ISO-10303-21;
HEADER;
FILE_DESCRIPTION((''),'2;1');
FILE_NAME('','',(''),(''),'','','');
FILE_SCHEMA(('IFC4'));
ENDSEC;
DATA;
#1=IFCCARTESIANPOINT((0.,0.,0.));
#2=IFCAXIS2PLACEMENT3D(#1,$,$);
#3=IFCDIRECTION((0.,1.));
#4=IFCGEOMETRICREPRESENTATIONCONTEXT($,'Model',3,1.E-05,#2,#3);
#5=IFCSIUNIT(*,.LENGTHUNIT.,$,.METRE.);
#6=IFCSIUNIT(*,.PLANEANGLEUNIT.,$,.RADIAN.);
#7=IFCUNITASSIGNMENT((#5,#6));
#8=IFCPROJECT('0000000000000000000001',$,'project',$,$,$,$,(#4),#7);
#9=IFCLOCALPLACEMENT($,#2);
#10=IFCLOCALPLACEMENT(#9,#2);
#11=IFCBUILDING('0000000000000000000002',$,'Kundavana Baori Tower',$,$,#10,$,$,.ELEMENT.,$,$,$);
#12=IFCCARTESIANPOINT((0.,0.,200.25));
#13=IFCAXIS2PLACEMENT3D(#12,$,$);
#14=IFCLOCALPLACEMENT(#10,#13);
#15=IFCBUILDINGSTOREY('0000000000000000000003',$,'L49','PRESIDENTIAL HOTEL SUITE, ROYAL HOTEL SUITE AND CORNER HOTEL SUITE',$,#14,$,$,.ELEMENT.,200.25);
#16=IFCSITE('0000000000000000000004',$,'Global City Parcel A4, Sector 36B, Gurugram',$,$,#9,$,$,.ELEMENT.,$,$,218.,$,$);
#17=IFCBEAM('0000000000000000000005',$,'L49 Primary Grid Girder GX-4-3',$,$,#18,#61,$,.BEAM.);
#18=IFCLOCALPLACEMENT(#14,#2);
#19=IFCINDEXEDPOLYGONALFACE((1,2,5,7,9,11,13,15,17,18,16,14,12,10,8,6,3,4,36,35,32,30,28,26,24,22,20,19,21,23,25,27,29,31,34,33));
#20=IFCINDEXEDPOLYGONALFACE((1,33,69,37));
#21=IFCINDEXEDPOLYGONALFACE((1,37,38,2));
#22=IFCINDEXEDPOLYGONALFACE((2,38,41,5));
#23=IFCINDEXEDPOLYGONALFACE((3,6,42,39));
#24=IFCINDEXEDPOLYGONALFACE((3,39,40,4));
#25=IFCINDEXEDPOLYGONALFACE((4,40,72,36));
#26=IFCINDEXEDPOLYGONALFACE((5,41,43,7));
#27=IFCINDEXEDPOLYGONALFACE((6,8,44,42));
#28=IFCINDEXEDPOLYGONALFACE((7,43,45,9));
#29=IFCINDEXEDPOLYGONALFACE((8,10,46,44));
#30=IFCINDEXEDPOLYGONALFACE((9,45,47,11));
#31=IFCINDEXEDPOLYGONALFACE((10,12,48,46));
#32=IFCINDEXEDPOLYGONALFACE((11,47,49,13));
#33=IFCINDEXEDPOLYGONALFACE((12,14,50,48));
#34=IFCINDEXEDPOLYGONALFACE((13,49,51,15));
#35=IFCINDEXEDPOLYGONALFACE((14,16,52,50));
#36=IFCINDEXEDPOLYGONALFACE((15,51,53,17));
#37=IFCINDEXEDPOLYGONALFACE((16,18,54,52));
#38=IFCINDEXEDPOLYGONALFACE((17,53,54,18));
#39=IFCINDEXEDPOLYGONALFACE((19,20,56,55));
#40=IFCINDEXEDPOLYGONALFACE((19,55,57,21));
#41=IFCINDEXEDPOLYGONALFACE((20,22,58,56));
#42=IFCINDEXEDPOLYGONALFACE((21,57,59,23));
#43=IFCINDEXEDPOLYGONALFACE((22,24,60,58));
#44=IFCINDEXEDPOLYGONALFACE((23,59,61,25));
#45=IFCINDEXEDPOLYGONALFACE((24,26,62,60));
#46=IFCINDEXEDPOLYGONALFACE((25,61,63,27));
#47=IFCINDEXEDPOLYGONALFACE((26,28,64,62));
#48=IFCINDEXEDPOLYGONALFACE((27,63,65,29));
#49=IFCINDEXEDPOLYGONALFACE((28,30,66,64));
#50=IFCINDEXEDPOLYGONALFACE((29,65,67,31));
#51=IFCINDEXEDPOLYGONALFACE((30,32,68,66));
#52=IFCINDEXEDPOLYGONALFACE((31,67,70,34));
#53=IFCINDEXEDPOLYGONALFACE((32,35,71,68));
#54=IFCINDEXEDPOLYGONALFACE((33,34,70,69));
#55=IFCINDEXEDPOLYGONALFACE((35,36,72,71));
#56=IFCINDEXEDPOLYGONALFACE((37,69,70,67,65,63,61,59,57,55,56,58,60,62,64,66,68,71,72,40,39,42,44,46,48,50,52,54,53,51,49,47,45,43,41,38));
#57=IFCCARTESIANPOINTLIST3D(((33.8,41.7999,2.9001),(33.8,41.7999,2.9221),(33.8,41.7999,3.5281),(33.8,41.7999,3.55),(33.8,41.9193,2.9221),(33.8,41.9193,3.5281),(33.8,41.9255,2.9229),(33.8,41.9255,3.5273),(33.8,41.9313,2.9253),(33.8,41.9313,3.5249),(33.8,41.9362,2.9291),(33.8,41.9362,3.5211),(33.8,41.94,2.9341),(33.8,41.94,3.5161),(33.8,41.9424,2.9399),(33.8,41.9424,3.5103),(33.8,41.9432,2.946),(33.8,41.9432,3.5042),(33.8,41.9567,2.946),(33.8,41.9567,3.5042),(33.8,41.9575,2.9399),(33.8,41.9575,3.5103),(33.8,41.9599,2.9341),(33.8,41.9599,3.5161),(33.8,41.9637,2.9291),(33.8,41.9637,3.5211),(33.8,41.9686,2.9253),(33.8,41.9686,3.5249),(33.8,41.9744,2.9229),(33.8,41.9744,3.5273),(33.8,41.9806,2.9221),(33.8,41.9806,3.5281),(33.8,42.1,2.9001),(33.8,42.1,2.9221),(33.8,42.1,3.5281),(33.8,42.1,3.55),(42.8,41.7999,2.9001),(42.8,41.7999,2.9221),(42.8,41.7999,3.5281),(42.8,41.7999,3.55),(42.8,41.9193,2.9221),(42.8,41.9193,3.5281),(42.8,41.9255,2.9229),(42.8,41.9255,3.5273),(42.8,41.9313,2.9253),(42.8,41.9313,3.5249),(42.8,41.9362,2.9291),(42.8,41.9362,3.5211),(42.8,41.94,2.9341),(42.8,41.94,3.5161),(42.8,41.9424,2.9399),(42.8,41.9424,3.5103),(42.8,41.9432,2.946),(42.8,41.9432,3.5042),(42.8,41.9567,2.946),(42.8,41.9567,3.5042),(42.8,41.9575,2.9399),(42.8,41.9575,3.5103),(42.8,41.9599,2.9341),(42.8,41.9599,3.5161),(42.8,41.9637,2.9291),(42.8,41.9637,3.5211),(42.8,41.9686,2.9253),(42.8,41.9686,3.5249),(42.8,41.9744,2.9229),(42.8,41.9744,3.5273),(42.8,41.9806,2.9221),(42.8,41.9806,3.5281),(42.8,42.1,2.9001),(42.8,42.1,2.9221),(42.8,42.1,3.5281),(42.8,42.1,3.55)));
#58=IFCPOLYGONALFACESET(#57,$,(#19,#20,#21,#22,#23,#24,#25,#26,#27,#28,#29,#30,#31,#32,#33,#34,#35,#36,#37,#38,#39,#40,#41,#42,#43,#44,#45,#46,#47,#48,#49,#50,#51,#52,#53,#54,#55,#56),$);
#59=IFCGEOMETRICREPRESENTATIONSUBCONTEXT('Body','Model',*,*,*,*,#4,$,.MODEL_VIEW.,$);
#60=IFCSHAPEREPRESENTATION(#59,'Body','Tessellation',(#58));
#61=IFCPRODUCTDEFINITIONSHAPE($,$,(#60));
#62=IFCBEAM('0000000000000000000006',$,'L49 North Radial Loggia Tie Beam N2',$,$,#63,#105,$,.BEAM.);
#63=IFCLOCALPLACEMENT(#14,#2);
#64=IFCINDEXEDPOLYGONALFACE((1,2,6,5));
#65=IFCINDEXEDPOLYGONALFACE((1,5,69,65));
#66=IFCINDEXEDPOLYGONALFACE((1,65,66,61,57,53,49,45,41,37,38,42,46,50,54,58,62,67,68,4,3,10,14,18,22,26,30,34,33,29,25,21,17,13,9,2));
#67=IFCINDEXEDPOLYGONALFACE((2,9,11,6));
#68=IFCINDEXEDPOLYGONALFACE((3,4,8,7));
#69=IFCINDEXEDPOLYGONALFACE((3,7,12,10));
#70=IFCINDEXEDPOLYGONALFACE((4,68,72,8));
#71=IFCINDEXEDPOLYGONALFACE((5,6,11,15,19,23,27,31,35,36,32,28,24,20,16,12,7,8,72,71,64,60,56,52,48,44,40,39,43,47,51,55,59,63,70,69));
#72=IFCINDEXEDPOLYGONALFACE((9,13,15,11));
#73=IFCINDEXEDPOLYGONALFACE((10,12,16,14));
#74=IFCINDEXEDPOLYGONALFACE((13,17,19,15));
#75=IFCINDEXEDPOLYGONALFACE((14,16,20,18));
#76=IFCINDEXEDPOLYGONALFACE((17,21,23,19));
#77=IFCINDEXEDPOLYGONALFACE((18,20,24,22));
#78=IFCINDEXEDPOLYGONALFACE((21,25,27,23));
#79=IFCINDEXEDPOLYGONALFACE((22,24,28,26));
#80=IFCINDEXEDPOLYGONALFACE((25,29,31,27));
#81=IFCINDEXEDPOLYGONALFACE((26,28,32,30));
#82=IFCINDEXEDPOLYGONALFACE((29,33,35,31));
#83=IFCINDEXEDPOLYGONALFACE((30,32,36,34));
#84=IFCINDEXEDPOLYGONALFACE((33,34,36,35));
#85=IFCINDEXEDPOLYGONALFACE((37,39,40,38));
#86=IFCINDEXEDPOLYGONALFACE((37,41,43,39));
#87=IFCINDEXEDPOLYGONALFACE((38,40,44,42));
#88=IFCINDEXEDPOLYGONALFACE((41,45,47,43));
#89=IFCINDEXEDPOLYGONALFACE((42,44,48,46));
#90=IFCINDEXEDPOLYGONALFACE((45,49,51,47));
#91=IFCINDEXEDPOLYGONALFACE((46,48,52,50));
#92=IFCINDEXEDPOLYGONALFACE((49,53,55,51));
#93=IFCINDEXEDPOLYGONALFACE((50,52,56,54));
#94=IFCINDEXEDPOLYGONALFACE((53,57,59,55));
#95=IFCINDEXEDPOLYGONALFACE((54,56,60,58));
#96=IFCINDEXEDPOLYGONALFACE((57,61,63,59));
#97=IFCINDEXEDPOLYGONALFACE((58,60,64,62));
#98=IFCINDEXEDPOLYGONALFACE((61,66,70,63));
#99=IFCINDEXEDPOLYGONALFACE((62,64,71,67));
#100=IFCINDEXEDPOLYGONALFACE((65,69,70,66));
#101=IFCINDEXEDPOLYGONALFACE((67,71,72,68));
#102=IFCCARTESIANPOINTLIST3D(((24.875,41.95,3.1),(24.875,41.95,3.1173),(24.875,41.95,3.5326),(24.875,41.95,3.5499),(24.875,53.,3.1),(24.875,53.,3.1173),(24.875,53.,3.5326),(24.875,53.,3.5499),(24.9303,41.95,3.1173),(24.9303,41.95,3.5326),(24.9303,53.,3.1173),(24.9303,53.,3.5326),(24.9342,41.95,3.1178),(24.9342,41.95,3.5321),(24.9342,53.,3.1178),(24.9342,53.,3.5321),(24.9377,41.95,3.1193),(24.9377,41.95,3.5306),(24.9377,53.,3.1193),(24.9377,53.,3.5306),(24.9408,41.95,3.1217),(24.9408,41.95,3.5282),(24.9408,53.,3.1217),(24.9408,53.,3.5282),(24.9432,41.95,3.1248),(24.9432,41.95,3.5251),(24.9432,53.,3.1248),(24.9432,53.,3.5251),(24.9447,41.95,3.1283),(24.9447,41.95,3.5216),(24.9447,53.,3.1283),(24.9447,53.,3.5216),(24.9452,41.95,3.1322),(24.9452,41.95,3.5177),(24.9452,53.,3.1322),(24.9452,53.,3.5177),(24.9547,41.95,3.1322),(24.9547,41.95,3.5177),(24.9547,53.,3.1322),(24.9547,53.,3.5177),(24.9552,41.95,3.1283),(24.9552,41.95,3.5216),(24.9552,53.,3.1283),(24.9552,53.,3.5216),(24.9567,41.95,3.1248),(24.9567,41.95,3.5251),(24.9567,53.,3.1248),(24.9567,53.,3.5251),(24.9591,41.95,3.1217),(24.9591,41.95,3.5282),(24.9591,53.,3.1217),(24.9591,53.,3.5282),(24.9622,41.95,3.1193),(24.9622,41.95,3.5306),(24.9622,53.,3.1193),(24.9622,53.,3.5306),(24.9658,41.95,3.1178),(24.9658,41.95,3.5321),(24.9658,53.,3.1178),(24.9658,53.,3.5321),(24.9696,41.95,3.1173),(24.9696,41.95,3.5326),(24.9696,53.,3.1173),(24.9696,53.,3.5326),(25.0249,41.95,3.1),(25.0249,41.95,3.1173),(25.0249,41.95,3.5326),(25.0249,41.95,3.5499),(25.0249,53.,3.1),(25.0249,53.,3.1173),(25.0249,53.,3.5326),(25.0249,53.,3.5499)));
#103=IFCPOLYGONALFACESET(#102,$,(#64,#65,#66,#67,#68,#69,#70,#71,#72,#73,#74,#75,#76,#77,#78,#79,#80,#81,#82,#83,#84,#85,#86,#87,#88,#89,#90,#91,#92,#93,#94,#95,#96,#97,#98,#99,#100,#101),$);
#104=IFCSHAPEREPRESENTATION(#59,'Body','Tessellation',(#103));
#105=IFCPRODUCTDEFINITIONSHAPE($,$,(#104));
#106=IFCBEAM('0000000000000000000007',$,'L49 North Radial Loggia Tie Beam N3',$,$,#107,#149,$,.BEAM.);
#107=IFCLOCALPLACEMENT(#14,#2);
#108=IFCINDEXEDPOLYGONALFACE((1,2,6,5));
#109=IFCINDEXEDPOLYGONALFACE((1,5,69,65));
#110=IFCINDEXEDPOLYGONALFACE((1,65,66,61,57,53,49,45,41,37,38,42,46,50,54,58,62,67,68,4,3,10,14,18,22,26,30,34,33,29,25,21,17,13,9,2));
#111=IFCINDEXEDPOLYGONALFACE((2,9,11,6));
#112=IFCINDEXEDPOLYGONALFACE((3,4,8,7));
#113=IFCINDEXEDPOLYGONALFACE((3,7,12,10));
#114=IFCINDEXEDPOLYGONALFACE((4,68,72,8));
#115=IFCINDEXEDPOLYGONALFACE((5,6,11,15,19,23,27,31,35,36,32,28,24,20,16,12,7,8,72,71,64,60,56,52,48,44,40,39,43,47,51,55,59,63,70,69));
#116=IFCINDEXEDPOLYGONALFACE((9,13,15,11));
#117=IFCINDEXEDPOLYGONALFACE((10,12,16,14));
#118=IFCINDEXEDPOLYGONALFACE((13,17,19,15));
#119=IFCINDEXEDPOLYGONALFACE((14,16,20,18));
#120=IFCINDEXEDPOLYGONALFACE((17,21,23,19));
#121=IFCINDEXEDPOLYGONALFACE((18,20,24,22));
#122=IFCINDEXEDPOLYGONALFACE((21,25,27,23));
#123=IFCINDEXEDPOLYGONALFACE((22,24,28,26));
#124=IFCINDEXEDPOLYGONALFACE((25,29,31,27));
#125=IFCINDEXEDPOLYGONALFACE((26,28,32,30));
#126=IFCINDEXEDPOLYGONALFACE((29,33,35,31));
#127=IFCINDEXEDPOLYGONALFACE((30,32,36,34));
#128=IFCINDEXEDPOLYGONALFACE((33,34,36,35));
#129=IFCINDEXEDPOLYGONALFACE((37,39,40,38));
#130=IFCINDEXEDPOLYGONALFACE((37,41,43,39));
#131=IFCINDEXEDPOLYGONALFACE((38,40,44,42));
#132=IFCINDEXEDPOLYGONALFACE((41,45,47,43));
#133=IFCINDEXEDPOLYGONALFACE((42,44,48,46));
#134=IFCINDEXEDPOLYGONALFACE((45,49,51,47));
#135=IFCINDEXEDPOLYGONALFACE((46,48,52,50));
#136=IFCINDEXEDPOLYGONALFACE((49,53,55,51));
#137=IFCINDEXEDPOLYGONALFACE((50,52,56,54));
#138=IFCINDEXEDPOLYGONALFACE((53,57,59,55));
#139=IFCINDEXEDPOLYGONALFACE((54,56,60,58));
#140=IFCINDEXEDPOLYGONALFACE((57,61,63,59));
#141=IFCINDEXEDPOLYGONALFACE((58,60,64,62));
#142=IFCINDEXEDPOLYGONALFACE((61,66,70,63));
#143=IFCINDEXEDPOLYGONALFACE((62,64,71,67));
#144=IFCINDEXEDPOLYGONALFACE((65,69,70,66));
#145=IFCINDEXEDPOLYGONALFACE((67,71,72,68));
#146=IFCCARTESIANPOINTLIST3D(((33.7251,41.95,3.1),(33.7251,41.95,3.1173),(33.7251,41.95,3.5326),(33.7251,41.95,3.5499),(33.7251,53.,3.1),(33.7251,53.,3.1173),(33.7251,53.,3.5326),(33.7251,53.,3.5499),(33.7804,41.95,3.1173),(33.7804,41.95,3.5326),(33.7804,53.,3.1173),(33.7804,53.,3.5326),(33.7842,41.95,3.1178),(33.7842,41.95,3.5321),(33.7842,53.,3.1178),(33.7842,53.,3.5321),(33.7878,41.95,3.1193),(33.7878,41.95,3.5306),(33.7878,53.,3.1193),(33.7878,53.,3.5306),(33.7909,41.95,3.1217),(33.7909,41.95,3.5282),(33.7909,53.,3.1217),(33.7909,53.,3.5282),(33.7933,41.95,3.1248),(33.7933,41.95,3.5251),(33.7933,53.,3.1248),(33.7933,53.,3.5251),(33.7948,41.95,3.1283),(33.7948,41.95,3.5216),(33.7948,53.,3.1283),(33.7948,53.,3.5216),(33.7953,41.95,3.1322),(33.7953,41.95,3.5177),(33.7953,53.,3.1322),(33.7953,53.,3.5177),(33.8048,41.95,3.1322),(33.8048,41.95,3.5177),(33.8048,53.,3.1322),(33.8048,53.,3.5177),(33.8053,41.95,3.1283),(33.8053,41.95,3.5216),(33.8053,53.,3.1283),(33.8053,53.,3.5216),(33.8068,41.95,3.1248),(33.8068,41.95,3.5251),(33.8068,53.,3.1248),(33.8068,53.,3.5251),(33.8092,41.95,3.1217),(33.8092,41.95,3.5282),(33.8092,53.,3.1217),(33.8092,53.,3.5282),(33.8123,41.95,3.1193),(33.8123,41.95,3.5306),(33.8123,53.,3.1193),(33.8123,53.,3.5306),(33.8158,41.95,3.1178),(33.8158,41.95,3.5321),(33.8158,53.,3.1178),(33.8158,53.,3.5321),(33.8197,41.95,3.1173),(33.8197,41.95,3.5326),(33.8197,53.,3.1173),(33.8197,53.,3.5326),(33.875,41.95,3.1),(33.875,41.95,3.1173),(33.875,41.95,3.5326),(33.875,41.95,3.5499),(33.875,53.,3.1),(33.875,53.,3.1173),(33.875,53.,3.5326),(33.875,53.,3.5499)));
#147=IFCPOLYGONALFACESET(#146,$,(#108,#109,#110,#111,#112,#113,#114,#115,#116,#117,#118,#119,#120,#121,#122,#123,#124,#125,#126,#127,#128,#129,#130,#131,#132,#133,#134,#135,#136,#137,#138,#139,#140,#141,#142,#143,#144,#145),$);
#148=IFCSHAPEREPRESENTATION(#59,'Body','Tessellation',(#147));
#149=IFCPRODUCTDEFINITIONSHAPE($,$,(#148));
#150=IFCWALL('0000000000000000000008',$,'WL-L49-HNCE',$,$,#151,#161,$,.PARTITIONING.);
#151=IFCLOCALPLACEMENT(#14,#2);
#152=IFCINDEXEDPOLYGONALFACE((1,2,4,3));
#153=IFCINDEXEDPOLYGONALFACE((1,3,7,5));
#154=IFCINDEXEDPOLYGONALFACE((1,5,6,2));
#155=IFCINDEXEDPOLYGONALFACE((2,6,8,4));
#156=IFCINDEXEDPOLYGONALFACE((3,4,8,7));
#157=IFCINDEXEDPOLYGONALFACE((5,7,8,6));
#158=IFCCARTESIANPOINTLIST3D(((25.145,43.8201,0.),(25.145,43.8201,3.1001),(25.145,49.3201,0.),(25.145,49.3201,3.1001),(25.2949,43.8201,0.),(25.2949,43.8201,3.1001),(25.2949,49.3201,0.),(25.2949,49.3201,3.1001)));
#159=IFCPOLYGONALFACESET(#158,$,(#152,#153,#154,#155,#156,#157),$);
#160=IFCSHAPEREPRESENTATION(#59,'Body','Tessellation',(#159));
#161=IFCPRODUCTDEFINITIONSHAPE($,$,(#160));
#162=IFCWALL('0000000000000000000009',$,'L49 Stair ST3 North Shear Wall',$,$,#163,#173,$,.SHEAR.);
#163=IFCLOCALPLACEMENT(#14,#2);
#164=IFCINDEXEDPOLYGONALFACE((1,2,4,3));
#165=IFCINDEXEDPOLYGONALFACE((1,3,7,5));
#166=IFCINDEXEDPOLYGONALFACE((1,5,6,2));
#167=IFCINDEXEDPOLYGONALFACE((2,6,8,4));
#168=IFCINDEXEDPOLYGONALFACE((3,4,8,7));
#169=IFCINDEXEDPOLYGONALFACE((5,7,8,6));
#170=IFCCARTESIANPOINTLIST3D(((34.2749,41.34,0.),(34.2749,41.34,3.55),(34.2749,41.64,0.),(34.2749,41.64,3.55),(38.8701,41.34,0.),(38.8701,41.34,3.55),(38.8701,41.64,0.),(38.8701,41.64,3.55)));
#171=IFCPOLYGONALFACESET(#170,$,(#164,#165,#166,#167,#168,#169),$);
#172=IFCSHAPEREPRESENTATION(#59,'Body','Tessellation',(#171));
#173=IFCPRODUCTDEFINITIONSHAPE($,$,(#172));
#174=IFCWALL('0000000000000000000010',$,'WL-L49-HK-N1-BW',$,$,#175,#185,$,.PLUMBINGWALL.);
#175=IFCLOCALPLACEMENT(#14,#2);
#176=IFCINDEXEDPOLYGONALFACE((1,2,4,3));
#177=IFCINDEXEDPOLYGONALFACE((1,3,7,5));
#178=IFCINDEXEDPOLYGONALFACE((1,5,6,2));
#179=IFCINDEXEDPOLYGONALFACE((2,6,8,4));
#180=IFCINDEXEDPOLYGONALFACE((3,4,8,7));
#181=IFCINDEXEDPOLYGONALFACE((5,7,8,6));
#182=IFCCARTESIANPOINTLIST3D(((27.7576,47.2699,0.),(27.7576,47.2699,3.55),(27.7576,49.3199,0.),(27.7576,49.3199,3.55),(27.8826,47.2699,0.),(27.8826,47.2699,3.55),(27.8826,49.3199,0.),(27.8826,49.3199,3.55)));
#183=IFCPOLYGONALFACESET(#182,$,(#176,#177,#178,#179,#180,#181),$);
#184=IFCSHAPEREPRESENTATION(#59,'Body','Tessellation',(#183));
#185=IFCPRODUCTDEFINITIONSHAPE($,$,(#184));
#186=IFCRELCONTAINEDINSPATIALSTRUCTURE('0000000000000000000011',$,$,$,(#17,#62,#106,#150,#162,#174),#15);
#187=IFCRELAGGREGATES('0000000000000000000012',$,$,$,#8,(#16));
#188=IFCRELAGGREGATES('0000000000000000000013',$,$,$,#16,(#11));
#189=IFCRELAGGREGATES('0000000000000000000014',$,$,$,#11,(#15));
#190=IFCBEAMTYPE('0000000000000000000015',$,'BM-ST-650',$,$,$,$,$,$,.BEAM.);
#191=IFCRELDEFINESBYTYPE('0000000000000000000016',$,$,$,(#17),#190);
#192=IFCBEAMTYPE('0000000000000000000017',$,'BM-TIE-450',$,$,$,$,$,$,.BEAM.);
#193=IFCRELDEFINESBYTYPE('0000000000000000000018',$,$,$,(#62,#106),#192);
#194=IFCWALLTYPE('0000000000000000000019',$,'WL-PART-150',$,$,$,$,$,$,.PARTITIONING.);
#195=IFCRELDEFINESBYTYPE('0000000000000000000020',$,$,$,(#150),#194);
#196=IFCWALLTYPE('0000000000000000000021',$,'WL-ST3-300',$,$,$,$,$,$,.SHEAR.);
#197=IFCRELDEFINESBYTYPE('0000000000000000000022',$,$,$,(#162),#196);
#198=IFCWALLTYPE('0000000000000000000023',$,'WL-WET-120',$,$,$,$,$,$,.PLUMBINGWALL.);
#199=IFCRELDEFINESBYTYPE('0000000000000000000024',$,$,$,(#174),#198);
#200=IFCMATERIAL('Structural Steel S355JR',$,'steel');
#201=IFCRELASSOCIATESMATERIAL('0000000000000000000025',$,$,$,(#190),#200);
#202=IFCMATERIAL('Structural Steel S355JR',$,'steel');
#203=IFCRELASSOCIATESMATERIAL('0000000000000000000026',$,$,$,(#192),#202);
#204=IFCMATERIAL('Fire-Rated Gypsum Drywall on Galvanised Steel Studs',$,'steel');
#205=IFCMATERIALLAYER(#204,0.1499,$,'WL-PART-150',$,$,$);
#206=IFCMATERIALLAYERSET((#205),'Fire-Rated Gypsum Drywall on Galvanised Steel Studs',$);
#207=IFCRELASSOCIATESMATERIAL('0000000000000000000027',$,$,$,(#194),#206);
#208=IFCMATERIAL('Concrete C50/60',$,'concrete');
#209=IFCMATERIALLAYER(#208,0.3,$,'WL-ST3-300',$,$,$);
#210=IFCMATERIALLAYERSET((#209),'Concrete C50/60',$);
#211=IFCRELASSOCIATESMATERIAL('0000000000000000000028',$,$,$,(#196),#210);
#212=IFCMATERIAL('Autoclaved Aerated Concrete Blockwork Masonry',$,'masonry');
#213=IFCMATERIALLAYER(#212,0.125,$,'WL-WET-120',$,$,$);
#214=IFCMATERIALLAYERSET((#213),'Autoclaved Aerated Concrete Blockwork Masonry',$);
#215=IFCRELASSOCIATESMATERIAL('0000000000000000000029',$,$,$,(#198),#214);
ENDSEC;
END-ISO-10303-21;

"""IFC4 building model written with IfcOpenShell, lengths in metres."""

from ifc_helpers import new_model, si_unit, direction, frame, frame_2d, origin, origin_2d, place, context, subcontext, project, spatial, rectangle, i_section, extrude, material, layer, layer_set, material_profile, profile_set, type_object, element, save


model = new_model("IFC4")

# Units and contexts
model_context = context("Model", 3, precision=1e-05, world=origin(), true_north=direction((0.0, 1.0)))
body_context = subcontext(model_context, "Body", "Model", "MODEL_VIEW")
ifc_project = project(units=[si_unit("LENGTHUNIT", "METRE"), si_unit("PLANEANGLEUNIT", "RADIAN")], contexts=[model_context])

# Site, building, storey
site_placement = place(None, origin())
site = spatial("IfcSite", under=ifc_project, at=site_placement, Name="Global City Parcel A4, Sector 36B, Gurugram", CompositionType="ELEMENT", RefElevation=218.0)
building_placement = place(site_placement, origin())
building = spatial("IfcBuilding", under=site, at=building_placement, Name="Kundavana Baori Tower", CompositionType="ELEMENT")
storey_placement = place(building_placement, frame((0.0, 0.0, 200.25)))
storey = spatial("IfcBuildingStorey", under=building, at=storey_placement, Name="L49", Description="PRESIDENTIAL HOTEL SUITE, ROYAL HOTEL SUITE AND CORNER HOTEL SUITE", CompositionType="ELEMENT", Elevation=200.25)

# Beams
ifc_material_1 = material(Name="Structural Steel S355JR", Category="steel")
ifc_material_profile_1 = material_profile(ifc_material_1, i_section(OverallWidth=0.3, OverallDepth=0.6499, WebThickness=0.0134, FlangeThickness=0.022, FilletRadius=0.0239, at=origin_2d()), Name="NPB 650x300x155")
ifc_profile_set_1 = profile_set([ifc_material_profile_1], Name="Structural Steel S355JR")
beam_type_1 = type_object("IfcBeamType", Name="BM-ST-650", PredefinedType="BEAM", material=ifc_profile_set_1)
beam_1_placement = place(storey_placement, frame((33.8, 41.95, 3.2251), z_axis=(1.0, 0.0, 0.0), x_axis=(0.0, 1.0, 0.0)))
element("IfcBeam", 1, at=beam_1_placement, inside=storey, type_object=beam_type_1, Name="L49 Primary Grid Girder GX-4-3", PredefinedType="BEAM", context=body_context, shape_type="SweptSolid", body=[
    extrude(i_section(OverallWidth=0.3, OverallDepth=0.6499, WebThickness=0.0134, FlangeThickness=0.022, FilletRadius=0.0239, at=origin_2d()), origin(), (0.0, 0.0, 1.0), 9.0),
])
ifc_material_2 = material(Name="Structural Steel S355JR", Category="steel")
ifc_material_profile_2 = material_profile(ifc_material_2, i_section(OverallWidth=0.1499, OverallDepth=0.45, WebThickness=0.0095, FlangeThickness=0.0173, FilletRadius=0.0149, at=origin_2d()), Name="ISMB 450")
ifc_profile_set_2 = profile_set([ifc_material_profile_2], Name="Structural Steel S355JR")
beam_type_2 = type_object("IfcBeamType", Name="BM-TIE-450", PredefinedType="BEAM", material=ifc_profile_set_2)
for number, where, z_axis, x_axis, name in (
    (2, (24.95, 41.95, 3.325), (0.0, 1.0, 0.0), (-1.0, 0.0, 0.0), "L49 North Radial Loggia Tie Beam N2"),
    (3, (33.8, 41.95, 3.325), (0.0, 1.0, 0.0), (-1.0, 0.0, 0.0), "L49 North Radial Loggia Tie Beam N3"),
):
    element("IfcBeam", number, at=place(storey_placement, frame(where, z_axis=z_axis, x_axis=x_axis)), inside=storey, type_object=beam_type_2, Name=name, PredefinedType="BEAM", context=body_context, shape_type="SweptSolid", body=[
        extrude(i_section(OverallWidth=0.1499, OverallDepth=0.45, WebThickness=0.0095, FlangeThickness=0.0173, FilletRadius=0.0149, at=origin_2d()), origin(), (0.0, 0.0, 1.0), 11.05),
    ])

# Walls
ifc_material_3 = material(Name="Fire-Rated Gypsum Drywall on Galvanised Steel Studs", Category="steel")
ifc_layer_1 = layer(ifc_material_3, 0.1499, Name="WL-PART-150")
ifc_layer_set_1 = layer_set([ifc_layer_1], Name="Fire-Rated Gypsum Drywall on Galvanised Steel Studs")
wall_type_1 = type_object("IfcWallType", Name="WL-PART-150", PredefinedType="PARTITIONING", material=ifc_layer_set_1)
wall_1_placement = place(storey_placement, frame((25.22, 43.8201, 0.0), z_axis=(0.0, 0.0, 1.0), x_axis=(0.0, 1.0, 0.0)))
element("IfcWall", 4, at=wall_1_placement, inside=storey, type_object=wall_type_1, Name="WL-L49-HNCE", PredefinedType="PARTITIONING", context=body_context, shape_type="SweptSolid", body=[
    extrude(rectangle(XDim=5.5, YDim=0.1499, at=frame_2d((2.75, 0.0))), origin(), (0.0, 0.0, 1.0), 3.1001),
])
ifc_material_4 = material(Name="Concrete C50/60", Category="concrete")
ifc_layer_2 = layer(ifc_material_4, 0.3, Name="WL-ST3-300")
ifc_layer_set_2 = layer_set([ifc_layer_2], Name="Concrete C50/60")
wall_type_2 = type_object("IfcWallType", Name="WL-ST3-300", PredefinedType="SHEAR", material=ifc_layer_set_2)
wall_2_placement = place(storey_placement, frame((34.2749, 41.49, 0.0), z_axis=(0.0, 0.0, 1.0), x_axis=(1.0, 0.0, 0.0)))
element("IfcWall", 5, at=wall_2_placement, inside=storey, type_object=wall_type_2, Name="L49 Stair ST3 North Shear Wall", PredefinedType="SHEAR", context=body_context, shape_type="SweptSolid", body=[
    extrude(rectangle(XDim=4.5952, YDim=0.3, at=frame_2d((2.2976, 0.0))), origin(), (0.0, 0.0, 1.0), 3.55),
])
ifc_material_5 = material(Name="Autoclaved Aerated Concrete Blockwork Masonry", Category="masonry")
ifc_layer_3 = layer(ifc_material_5, 0.125, Name="WL-WET-120")
ifc_layer_set_3 = layer_set([ifc_layer_3], Name="Autoclaved Aerated Concrete Blockwork Masonry")
wall_type_3 = type_object("IfcWallType", Name="WL-WET-120", PredefinedType="PLUMBINGWALL", material=ifc_layer_set_3)
wall_3_placement = place(storey_placement, frame((27.8201, 47.27, 0.0), z_axis=(0.0, 0.0, 1.0), x_axis=(0.0, 1.0, 0.0)))
element("IfcWall", 6, at=wall_3_placement, inside=storey, type_object=wall_type_3, Name="WL-L49-HK-N1-BW", PredefinedType="PLUMBINGWALL", context=body_context, shape_type="SweptSolid", body=[
    extrude(rectangle(XDim=2.05, YDim=0.125, at=frame_2d((1.0249, 0.0))), origin(), (0.0, 0.0, 1.0), 3.55),
])

save(model, "model.ifc")
